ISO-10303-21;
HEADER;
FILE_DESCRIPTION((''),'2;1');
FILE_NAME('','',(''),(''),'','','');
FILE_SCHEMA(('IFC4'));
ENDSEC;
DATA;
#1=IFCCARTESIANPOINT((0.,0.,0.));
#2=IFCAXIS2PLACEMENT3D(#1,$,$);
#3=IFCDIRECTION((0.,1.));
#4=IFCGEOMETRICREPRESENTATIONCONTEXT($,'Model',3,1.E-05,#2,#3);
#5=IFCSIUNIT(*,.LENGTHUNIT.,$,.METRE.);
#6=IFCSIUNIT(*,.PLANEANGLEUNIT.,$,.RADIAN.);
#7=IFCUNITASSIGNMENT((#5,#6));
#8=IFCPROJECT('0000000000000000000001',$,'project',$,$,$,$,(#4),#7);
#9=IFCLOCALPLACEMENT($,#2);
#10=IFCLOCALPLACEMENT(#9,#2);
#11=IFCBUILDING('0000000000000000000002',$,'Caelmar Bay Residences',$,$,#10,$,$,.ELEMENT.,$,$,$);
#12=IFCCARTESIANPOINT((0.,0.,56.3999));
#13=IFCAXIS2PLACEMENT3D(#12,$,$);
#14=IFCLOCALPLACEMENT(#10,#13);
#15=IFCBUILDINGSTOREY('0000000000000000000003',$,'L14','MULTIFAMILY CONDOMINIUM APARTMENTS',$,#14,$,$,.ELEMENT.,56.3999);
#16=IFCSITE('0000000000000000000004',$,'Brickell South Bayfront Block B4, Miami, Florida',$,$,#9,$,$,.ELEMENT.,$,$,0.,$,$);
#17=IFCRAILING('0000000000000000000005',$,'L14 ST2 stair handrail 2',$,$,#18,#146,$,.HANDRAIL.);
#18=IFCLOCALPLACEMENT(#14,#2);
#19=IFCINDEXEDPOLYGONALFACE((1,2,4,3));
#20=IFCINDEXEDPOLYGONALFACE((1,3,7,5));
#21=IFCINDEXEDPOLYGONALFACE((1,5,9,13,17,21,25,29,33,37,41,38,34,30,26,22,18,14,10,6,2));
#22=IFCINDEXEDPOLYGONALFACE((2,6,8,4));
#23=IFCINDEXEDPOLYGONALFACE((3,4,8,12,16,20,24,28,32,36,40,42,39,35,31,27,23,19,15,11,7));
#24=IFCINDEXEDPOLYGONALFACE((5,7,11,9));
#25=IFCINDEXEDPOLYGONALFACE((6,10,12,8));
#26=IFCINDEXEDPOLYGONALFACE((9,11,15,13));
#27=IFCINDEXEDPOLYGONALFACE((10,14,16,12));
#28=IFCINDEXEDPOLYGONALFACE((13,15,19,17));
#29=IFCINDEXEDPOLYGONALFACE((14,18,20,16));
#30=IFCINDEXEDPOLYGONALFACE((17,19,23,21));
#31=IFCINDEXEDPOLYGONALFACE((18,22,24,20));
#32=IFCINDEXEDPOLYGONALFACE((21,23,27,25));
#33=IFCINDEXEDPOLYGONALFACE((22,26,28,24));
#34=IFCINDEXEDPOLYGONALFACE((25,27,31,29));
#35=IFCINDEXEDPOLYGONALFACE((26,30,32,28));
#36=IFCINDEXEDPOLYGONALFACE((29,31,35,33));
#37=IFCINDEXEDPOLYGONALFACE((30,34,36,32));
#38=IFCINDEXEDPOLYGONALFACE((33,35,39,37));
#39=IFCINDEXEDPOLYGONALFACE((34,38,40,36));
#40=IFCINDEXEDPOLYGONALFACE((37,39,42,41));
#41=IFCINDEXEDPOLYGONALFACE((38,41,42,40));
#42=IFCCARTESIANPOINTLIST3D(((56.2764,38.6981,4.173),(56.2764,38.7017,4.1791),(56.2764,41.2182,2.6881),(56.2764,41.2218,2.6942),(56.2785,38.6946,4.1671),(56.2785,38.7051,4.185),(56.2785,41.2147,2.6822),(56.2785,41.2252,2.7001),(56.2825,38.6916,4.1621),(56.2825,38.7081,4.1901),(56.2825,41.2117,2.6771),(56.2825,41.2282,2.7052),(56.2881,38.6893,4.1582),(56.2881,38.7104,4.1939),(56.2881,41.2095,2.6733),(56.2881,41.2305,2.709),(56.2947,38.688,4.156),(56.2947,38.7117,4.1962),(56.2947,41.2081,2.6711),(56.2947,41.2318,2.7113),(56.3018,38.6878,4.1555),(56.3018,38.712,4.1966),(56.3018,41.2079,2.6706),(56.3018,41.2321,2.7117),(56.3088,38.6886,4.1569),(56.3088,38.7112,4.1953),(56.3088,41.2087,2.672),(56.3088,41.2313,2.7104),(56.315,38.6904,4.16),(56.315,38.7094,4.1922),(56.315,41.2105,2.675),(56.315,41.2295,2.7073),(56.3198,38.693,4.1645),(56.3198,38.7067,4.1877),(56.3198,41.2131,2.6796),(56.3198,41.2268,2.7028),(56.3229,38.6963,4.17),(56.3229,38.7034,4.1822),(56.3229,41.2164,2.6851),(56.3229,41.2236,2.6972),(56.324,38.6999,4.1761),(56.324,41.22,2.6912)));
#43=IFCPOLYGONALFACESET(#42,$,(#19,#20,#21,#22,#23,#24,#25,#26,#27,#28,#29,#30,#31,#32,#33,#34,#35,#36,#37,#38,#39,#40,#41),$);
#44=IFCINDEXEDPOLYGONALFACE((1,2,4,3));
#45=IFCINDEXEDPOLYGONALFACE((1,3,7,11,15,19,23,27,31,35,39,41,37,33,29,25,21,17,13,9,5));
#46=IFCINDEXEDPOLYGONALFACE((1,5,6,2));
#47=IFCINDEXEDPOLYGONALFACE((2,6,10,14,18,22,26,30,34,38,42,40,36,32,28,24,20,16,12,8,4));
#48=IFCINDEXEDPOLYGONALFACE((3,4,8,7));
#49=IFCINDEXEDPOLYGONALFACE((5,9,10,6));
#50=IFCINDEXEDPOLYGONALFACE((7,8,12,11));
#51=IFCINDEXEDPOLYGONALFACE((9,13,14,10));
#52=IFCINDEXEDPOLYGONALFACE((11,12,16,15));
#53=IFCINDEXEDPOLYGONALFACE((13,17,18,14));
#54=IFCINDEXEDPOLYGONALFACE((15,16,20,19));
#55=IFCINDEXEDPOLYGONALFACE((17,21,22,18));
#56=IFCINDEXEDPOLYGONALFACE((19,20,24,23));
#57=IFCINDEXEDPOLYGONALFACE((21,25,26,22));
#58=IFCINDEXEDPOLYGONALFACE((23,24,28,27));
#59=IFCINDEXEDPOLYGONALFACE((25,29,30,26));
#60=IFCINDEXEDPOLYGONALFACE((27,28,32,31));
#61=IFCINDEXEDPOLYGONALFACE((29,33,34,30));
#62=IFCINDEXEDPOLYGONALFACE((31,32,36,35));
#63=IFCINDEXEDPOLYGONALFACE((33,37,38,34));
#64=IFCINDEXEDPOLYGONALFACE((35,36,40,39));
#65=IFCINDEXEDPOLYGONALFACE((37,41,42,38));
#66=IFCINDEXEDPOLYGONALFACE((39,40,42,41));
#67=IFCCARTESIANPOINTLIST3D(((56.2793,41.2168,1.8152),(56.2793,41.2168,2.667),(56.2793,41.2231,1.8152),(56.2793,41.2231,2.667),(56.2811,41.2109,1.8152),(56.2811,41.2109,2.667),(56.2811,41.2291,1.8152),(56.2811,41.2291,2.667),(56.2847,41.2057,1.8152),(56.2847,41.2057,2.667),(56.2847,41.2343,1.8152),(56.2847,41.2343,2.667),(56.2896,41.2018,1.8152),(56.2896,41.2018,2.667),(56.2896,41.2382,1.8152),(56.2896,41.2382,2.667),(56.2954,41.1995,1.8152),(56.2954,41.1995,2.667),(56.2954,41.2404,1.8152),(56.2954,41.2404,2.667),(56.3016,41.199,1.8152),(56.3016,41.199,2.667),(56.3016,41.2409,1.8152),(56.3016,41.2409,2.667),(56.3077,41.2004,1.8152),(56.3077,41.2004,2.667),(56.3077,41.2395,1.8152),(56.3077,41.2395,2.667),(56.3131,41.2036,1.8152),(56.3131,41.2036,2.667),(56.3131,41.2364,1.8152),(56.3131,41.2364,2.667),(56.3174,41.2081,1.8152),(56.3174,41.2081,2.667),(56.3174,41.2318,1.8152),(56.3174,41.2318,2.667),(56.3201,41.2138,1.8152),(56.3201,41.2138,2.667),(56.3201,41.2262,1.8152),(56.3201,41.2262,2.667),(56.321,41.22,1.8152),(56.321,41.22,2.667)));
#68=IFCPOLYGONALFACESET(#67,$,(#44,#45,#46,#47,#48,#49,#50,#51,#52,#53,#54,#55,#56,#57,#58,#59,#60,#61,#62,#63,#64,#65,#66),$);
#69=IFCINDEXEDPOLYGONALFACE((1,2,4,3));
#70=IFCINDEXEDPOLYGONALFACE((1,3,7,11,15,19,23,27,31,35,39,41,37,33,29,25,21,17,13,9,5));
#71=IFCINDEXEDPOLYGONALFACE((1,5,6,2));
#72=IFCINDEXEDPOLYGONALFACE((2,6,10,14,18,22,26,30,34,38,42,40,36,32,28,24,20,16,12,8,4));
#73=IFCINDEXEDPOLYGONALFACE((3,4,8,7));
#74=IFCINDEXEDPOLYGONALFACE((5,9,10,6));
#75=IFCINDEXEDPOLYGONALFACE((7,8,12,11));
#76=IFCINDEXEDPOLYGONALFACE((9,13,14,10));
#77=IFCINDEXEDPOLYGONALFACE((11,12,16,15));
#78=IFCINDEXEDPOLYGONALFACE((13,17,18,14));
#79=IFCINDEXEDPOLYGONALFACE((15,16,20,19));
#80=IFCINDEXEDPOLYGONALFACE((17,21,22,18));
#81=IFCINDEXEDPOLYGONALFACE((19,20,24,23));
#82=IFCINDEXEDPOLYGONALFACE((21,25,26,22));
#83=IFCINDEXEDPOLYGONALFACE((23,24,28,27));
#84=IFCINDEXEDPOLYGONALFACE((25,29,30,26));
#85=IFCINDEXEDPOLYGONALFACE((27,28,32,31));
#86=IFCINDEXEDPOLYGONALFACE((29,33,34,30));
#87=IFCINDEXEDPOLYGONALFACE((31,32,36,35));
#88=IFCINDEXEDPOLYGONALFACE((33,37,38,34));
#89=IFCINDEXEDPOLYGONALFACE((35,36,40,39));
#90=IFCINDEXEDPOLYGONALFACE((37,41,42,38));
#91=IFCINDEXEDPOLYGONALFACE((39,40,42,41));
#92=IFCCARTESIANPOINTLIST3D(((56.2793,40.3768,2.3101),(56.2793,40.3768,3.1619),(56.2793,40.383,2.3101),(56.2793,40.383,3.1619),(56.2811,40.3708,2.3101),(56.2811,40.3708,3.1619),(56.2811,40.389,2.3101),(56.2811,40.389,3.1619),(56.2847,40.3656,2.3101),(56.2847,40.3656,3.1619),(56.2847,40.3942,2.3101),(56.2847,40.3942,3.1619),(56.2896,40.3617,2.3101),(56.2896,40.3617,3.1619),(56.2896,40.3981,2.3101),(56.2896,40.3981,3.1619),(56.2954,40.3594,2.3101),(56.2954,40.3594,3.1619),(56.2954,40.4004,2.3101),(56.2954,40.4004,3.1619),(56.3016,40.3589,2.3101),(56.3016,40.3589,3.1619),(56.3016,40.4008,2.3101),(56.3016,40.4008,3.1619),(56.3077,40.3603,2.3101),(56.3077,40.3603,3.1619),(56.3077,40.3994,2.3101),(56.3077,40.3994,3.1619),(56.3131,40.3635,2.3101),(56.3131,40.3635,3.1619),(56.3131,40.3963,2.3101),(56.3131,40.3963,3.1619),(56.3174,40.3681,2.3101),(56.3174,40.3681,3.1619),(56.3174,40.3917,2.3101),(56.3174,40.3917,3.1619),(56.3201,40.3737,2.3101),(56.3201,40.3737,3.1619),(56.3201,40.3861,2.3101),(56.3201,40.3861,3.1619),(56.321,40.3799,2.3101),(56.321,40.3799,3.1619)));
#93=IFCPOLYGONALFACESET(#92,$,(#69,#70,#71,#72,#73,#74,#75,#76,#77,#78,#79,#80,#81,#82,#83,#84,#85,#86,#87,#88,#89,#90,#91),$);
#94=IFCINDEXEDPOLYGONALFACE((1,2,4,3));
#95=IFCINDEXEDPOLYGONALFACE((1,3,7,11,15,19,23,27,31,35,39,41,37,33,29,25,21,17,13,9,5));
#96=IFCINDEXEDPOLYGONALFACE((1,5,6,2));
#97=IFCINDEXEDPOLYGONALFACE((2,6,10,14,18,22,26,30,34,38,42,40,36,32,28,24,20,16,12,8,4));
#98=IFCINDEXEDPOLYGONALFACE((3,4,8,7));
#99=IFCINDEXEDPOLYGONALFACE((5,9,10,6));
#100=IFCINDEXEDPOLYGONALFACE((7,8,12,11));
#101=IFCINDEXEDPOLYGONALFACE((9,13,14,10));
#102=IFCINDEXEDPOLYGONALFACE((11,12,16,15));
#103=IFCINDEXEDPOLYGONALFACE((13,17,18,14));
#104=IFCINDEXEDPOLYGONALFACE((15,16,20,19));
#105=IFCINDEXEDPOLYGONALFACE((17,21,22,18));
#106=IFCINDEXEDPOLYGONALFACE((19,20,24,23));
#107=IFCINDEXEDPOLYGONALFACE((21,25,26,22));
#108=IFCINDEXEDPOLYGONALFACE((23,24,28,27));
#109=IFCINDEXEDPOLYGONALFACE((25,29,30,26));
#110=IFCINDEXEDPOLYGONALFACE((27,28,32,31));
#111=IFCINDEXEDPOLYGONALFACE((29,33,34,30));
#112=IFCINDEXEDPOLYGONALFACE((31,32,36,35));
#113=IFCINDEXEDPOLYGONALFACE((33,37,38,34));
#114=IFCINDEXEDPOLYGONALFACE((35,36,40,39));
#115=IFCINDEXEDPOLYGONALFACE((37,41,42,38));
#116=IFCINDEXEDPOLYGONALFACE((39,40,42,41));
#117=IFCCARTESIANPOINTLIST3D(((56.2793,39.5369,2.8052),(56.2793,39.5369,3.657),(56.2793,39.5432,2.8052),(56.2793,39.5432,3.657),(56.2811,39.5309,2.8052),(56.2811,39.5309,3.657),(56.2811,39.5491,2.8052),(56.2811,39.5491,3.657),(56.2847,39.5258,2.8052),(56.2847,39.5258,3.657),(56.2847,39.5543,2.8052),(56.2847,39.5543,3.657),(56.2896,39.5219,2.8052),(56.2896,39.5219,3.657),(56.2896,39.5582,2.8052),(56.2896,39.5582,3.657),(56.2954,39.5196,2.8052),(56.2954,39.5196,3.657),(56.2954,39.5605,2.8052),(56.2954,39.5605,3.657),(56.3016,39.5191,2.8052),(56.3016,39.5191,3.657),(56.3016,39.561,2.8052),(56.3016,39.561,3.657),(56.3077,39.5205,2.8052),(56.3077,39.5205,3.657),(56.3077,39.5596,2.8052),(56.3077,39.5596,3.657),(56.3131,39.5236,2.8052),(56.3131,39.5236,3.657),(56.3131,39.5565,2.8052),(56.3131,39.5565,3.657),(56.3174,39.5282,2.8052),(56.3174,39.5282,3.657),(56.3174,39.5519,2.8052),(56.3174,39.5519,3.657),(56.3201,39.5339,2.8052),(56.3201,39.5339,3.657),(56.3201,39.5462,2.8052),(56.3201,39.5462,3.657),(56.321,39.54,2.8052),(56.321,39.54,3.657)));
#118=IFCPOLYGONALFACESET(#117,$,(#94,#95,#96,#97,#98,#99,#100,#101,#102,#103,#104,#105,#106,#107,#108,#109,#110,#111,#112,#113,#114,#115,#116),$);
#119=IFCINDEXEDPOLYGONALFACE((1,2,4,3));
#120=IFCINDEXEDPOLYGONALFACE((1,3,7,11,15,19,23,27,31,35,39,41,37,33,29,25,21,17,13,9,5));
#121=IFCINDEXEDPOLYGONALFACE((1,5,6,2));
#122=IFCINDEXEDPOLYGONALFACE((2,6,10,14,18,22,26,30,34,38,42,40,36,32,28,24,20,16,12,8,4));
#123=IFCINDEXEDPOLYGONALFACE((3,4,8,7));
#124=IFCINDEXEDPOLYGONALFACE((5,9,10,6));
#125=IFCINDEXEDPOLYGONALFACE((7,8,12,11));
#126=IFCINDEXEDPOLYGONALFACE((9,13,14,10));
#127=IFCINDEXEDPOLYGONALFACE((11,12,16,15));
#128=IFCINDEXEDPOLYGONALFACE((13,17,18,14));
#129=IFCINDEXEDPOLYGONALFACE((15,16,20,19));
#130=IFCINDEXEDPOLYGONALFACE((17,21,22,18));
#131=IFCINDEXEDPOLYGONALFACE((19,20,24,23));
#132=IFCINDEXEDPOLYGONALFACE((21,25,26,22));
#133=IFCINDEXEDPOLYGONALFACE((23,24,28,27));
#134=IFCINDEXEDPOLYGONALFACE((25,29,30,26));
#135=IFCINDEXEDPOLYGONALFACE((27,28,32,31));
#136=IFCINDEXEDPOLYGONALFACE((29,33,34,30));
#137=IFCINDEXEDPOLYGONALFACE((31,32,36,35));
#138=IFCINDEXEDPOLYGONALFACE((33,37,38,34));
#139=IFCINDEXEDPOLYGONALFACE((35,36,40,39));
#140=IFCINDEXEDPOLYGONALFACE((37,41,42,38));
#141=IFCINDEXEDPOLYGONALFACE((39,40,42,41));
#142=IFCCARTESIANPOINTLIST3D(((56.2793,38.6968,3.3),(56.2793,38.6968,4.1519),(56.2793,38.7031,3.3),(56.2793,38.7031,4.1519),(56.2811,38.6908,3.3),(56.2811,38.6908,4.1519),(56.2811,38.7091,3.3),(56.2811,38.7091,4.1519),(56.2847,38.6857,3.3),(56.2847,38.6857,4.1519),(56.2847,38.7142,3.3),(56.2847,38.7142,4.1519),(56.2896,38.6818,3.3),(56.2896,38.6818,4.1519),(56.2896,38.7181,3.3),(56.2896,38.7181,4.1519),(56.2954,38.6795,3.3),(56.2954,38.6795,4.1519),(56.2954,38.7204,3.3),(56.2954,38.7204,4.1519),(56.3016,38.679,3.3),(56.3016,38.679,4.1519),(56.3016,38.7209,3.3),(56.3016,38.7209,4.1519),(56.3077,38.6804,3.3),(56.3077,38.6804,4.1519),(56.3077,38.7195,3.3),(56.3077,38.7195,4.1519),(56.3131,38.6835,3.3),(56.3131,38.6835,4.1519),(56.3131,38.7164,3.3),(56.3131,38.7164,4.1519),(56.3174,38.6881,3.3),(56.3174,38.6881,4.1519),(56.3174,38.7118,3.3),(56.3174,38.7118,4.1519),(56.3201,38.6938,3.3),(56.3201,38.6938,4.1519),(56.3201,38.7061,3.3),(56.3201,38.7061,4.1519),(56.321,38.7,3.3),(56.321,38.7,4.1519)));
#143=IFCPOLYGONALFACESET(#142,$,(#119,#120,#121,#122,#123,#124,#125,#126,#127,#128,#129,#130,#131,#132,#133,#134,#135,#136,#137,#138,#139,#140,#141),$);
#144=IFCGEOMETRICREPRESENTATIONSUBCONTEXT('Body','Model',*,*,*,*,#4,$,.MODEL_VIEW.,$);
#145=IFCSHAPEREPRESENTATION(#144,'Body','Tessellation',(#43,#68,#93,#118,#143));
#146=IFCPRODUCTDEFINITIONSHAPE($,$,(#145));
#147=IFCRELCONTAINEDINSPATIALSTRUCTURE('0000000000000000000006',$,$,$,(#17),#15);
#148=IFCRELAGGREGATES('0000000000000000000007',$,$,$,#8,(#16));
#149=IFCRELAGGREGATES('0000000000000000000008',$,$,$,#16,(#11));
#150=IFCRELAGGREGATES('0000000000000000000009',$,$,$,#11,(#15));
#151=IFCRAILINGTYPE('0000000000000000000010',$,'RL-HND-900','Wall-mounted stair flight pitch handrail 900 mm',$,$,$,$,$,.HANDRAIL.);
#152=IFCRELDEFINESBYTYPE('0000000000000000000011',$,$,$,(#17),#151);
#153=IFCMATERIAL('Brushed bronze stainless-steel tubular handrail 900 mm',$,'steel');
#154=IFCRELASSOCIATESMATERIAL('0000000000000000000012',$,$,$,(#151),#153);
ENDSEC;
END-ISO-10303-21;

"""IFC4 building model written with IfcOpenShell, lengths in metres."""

from ifc_helpers import new_model, si_unit, direction, frame, origin, origin_2d, place, context, subcontext, project, spatial, circle, extrude, material, type_object, element, save


model = new_model("IFC4")

# Units and contexts
model_context = context("Model", 3, precision=1e-05, world=origin(), true_north=direction((0.0, 1.0)))
body_context = subcontext(model_context, "Body", "Model", "MODEL_VIEW")
ifc_project = project(units=[si_unit("LENGTHUNIT", "METRE"), si_unit("PLANEANGLEUNIT", "RADIAN")], contexts=[model_context])

# Site, building, storey
site_placement = place(None, origin())
site = spatial("IfcSite", under=ifc_project, at=site_placement, Name="Brickell South Bayfront Block B4, Miami, Florida", CompositionType="ELEMENT", RefElevation=0.0)
building_placement = place(site_placement, origin())
building = spatial("IfcBuilding", under=site, at=building_placement, Name="Caelmar Bay Residences", CompositionType="ELEMENT")
storey_placement = place(building_placement, frame((0.0, 0.0, 56.3999)))
storey = spatial("IfcBuildingStorey", under=building, at=storey_placement, Name="L14", Description="MULTIFAMILY CONDOMINIUM APARTMENTS", CompositionType="ELEMENT", Elevation=56.3999)

# Railing
ifc_material_1 = material(Name="Brushed bronze stainless-steel tubular handrail 900 mm", Category="steel")
railing_type_1 = type_object("IfcRailingType", Name="RL-HND-900", Description="Wall-mounted stair flight pitch handrail 900 mm", PredefinedType="HANDRAIL", material=ifc_material_1)
railing_1_placement = place(storey_placement, frame((56.3, 41.22, 1.8152)))
element("IfcRailing", 1, at=railing_1_placement, inside=storey, type_object=railing_type_1, Name="L14 ST2 stair handrail 2", PredefinedType="HANDRAIL", context=body_context, shape_type="SweptSolid", body=[
    extrude(circle(Radius=0.0239, at=origin_2d()), frame((0.0, 0.0, 0.876), z_axis=(0.0, -0.861561, 0.507655), x_axis=(1.0, 0.0, 0.0)), (0.0, 0.0, 1.0), 2.925),
    extrude(circle(Radius=0.021, at=origin_2d()), origin(), (0.0, 0.0, 1.0), 0.8518),
    extrude(circle(Radius=0.021, at=origin_2d()), frame((0.0, -0.8401, 0.4949)), (0.0, 0.0, 1.0), 0.8518),
    extrude(circle(Radius=0.021, at=origin_2d()), frame((0.0, -1.6799, 0.99)), (0.0, 0.0, 1.0), 0.8518),
    extrude(circle(Radius=0.021, at=origin_2d()), frame((0.0, -2.52, 1.4849)), (0.0, 0.0, 1.0), 0.8518),
])

save(model, "model.ifc")
